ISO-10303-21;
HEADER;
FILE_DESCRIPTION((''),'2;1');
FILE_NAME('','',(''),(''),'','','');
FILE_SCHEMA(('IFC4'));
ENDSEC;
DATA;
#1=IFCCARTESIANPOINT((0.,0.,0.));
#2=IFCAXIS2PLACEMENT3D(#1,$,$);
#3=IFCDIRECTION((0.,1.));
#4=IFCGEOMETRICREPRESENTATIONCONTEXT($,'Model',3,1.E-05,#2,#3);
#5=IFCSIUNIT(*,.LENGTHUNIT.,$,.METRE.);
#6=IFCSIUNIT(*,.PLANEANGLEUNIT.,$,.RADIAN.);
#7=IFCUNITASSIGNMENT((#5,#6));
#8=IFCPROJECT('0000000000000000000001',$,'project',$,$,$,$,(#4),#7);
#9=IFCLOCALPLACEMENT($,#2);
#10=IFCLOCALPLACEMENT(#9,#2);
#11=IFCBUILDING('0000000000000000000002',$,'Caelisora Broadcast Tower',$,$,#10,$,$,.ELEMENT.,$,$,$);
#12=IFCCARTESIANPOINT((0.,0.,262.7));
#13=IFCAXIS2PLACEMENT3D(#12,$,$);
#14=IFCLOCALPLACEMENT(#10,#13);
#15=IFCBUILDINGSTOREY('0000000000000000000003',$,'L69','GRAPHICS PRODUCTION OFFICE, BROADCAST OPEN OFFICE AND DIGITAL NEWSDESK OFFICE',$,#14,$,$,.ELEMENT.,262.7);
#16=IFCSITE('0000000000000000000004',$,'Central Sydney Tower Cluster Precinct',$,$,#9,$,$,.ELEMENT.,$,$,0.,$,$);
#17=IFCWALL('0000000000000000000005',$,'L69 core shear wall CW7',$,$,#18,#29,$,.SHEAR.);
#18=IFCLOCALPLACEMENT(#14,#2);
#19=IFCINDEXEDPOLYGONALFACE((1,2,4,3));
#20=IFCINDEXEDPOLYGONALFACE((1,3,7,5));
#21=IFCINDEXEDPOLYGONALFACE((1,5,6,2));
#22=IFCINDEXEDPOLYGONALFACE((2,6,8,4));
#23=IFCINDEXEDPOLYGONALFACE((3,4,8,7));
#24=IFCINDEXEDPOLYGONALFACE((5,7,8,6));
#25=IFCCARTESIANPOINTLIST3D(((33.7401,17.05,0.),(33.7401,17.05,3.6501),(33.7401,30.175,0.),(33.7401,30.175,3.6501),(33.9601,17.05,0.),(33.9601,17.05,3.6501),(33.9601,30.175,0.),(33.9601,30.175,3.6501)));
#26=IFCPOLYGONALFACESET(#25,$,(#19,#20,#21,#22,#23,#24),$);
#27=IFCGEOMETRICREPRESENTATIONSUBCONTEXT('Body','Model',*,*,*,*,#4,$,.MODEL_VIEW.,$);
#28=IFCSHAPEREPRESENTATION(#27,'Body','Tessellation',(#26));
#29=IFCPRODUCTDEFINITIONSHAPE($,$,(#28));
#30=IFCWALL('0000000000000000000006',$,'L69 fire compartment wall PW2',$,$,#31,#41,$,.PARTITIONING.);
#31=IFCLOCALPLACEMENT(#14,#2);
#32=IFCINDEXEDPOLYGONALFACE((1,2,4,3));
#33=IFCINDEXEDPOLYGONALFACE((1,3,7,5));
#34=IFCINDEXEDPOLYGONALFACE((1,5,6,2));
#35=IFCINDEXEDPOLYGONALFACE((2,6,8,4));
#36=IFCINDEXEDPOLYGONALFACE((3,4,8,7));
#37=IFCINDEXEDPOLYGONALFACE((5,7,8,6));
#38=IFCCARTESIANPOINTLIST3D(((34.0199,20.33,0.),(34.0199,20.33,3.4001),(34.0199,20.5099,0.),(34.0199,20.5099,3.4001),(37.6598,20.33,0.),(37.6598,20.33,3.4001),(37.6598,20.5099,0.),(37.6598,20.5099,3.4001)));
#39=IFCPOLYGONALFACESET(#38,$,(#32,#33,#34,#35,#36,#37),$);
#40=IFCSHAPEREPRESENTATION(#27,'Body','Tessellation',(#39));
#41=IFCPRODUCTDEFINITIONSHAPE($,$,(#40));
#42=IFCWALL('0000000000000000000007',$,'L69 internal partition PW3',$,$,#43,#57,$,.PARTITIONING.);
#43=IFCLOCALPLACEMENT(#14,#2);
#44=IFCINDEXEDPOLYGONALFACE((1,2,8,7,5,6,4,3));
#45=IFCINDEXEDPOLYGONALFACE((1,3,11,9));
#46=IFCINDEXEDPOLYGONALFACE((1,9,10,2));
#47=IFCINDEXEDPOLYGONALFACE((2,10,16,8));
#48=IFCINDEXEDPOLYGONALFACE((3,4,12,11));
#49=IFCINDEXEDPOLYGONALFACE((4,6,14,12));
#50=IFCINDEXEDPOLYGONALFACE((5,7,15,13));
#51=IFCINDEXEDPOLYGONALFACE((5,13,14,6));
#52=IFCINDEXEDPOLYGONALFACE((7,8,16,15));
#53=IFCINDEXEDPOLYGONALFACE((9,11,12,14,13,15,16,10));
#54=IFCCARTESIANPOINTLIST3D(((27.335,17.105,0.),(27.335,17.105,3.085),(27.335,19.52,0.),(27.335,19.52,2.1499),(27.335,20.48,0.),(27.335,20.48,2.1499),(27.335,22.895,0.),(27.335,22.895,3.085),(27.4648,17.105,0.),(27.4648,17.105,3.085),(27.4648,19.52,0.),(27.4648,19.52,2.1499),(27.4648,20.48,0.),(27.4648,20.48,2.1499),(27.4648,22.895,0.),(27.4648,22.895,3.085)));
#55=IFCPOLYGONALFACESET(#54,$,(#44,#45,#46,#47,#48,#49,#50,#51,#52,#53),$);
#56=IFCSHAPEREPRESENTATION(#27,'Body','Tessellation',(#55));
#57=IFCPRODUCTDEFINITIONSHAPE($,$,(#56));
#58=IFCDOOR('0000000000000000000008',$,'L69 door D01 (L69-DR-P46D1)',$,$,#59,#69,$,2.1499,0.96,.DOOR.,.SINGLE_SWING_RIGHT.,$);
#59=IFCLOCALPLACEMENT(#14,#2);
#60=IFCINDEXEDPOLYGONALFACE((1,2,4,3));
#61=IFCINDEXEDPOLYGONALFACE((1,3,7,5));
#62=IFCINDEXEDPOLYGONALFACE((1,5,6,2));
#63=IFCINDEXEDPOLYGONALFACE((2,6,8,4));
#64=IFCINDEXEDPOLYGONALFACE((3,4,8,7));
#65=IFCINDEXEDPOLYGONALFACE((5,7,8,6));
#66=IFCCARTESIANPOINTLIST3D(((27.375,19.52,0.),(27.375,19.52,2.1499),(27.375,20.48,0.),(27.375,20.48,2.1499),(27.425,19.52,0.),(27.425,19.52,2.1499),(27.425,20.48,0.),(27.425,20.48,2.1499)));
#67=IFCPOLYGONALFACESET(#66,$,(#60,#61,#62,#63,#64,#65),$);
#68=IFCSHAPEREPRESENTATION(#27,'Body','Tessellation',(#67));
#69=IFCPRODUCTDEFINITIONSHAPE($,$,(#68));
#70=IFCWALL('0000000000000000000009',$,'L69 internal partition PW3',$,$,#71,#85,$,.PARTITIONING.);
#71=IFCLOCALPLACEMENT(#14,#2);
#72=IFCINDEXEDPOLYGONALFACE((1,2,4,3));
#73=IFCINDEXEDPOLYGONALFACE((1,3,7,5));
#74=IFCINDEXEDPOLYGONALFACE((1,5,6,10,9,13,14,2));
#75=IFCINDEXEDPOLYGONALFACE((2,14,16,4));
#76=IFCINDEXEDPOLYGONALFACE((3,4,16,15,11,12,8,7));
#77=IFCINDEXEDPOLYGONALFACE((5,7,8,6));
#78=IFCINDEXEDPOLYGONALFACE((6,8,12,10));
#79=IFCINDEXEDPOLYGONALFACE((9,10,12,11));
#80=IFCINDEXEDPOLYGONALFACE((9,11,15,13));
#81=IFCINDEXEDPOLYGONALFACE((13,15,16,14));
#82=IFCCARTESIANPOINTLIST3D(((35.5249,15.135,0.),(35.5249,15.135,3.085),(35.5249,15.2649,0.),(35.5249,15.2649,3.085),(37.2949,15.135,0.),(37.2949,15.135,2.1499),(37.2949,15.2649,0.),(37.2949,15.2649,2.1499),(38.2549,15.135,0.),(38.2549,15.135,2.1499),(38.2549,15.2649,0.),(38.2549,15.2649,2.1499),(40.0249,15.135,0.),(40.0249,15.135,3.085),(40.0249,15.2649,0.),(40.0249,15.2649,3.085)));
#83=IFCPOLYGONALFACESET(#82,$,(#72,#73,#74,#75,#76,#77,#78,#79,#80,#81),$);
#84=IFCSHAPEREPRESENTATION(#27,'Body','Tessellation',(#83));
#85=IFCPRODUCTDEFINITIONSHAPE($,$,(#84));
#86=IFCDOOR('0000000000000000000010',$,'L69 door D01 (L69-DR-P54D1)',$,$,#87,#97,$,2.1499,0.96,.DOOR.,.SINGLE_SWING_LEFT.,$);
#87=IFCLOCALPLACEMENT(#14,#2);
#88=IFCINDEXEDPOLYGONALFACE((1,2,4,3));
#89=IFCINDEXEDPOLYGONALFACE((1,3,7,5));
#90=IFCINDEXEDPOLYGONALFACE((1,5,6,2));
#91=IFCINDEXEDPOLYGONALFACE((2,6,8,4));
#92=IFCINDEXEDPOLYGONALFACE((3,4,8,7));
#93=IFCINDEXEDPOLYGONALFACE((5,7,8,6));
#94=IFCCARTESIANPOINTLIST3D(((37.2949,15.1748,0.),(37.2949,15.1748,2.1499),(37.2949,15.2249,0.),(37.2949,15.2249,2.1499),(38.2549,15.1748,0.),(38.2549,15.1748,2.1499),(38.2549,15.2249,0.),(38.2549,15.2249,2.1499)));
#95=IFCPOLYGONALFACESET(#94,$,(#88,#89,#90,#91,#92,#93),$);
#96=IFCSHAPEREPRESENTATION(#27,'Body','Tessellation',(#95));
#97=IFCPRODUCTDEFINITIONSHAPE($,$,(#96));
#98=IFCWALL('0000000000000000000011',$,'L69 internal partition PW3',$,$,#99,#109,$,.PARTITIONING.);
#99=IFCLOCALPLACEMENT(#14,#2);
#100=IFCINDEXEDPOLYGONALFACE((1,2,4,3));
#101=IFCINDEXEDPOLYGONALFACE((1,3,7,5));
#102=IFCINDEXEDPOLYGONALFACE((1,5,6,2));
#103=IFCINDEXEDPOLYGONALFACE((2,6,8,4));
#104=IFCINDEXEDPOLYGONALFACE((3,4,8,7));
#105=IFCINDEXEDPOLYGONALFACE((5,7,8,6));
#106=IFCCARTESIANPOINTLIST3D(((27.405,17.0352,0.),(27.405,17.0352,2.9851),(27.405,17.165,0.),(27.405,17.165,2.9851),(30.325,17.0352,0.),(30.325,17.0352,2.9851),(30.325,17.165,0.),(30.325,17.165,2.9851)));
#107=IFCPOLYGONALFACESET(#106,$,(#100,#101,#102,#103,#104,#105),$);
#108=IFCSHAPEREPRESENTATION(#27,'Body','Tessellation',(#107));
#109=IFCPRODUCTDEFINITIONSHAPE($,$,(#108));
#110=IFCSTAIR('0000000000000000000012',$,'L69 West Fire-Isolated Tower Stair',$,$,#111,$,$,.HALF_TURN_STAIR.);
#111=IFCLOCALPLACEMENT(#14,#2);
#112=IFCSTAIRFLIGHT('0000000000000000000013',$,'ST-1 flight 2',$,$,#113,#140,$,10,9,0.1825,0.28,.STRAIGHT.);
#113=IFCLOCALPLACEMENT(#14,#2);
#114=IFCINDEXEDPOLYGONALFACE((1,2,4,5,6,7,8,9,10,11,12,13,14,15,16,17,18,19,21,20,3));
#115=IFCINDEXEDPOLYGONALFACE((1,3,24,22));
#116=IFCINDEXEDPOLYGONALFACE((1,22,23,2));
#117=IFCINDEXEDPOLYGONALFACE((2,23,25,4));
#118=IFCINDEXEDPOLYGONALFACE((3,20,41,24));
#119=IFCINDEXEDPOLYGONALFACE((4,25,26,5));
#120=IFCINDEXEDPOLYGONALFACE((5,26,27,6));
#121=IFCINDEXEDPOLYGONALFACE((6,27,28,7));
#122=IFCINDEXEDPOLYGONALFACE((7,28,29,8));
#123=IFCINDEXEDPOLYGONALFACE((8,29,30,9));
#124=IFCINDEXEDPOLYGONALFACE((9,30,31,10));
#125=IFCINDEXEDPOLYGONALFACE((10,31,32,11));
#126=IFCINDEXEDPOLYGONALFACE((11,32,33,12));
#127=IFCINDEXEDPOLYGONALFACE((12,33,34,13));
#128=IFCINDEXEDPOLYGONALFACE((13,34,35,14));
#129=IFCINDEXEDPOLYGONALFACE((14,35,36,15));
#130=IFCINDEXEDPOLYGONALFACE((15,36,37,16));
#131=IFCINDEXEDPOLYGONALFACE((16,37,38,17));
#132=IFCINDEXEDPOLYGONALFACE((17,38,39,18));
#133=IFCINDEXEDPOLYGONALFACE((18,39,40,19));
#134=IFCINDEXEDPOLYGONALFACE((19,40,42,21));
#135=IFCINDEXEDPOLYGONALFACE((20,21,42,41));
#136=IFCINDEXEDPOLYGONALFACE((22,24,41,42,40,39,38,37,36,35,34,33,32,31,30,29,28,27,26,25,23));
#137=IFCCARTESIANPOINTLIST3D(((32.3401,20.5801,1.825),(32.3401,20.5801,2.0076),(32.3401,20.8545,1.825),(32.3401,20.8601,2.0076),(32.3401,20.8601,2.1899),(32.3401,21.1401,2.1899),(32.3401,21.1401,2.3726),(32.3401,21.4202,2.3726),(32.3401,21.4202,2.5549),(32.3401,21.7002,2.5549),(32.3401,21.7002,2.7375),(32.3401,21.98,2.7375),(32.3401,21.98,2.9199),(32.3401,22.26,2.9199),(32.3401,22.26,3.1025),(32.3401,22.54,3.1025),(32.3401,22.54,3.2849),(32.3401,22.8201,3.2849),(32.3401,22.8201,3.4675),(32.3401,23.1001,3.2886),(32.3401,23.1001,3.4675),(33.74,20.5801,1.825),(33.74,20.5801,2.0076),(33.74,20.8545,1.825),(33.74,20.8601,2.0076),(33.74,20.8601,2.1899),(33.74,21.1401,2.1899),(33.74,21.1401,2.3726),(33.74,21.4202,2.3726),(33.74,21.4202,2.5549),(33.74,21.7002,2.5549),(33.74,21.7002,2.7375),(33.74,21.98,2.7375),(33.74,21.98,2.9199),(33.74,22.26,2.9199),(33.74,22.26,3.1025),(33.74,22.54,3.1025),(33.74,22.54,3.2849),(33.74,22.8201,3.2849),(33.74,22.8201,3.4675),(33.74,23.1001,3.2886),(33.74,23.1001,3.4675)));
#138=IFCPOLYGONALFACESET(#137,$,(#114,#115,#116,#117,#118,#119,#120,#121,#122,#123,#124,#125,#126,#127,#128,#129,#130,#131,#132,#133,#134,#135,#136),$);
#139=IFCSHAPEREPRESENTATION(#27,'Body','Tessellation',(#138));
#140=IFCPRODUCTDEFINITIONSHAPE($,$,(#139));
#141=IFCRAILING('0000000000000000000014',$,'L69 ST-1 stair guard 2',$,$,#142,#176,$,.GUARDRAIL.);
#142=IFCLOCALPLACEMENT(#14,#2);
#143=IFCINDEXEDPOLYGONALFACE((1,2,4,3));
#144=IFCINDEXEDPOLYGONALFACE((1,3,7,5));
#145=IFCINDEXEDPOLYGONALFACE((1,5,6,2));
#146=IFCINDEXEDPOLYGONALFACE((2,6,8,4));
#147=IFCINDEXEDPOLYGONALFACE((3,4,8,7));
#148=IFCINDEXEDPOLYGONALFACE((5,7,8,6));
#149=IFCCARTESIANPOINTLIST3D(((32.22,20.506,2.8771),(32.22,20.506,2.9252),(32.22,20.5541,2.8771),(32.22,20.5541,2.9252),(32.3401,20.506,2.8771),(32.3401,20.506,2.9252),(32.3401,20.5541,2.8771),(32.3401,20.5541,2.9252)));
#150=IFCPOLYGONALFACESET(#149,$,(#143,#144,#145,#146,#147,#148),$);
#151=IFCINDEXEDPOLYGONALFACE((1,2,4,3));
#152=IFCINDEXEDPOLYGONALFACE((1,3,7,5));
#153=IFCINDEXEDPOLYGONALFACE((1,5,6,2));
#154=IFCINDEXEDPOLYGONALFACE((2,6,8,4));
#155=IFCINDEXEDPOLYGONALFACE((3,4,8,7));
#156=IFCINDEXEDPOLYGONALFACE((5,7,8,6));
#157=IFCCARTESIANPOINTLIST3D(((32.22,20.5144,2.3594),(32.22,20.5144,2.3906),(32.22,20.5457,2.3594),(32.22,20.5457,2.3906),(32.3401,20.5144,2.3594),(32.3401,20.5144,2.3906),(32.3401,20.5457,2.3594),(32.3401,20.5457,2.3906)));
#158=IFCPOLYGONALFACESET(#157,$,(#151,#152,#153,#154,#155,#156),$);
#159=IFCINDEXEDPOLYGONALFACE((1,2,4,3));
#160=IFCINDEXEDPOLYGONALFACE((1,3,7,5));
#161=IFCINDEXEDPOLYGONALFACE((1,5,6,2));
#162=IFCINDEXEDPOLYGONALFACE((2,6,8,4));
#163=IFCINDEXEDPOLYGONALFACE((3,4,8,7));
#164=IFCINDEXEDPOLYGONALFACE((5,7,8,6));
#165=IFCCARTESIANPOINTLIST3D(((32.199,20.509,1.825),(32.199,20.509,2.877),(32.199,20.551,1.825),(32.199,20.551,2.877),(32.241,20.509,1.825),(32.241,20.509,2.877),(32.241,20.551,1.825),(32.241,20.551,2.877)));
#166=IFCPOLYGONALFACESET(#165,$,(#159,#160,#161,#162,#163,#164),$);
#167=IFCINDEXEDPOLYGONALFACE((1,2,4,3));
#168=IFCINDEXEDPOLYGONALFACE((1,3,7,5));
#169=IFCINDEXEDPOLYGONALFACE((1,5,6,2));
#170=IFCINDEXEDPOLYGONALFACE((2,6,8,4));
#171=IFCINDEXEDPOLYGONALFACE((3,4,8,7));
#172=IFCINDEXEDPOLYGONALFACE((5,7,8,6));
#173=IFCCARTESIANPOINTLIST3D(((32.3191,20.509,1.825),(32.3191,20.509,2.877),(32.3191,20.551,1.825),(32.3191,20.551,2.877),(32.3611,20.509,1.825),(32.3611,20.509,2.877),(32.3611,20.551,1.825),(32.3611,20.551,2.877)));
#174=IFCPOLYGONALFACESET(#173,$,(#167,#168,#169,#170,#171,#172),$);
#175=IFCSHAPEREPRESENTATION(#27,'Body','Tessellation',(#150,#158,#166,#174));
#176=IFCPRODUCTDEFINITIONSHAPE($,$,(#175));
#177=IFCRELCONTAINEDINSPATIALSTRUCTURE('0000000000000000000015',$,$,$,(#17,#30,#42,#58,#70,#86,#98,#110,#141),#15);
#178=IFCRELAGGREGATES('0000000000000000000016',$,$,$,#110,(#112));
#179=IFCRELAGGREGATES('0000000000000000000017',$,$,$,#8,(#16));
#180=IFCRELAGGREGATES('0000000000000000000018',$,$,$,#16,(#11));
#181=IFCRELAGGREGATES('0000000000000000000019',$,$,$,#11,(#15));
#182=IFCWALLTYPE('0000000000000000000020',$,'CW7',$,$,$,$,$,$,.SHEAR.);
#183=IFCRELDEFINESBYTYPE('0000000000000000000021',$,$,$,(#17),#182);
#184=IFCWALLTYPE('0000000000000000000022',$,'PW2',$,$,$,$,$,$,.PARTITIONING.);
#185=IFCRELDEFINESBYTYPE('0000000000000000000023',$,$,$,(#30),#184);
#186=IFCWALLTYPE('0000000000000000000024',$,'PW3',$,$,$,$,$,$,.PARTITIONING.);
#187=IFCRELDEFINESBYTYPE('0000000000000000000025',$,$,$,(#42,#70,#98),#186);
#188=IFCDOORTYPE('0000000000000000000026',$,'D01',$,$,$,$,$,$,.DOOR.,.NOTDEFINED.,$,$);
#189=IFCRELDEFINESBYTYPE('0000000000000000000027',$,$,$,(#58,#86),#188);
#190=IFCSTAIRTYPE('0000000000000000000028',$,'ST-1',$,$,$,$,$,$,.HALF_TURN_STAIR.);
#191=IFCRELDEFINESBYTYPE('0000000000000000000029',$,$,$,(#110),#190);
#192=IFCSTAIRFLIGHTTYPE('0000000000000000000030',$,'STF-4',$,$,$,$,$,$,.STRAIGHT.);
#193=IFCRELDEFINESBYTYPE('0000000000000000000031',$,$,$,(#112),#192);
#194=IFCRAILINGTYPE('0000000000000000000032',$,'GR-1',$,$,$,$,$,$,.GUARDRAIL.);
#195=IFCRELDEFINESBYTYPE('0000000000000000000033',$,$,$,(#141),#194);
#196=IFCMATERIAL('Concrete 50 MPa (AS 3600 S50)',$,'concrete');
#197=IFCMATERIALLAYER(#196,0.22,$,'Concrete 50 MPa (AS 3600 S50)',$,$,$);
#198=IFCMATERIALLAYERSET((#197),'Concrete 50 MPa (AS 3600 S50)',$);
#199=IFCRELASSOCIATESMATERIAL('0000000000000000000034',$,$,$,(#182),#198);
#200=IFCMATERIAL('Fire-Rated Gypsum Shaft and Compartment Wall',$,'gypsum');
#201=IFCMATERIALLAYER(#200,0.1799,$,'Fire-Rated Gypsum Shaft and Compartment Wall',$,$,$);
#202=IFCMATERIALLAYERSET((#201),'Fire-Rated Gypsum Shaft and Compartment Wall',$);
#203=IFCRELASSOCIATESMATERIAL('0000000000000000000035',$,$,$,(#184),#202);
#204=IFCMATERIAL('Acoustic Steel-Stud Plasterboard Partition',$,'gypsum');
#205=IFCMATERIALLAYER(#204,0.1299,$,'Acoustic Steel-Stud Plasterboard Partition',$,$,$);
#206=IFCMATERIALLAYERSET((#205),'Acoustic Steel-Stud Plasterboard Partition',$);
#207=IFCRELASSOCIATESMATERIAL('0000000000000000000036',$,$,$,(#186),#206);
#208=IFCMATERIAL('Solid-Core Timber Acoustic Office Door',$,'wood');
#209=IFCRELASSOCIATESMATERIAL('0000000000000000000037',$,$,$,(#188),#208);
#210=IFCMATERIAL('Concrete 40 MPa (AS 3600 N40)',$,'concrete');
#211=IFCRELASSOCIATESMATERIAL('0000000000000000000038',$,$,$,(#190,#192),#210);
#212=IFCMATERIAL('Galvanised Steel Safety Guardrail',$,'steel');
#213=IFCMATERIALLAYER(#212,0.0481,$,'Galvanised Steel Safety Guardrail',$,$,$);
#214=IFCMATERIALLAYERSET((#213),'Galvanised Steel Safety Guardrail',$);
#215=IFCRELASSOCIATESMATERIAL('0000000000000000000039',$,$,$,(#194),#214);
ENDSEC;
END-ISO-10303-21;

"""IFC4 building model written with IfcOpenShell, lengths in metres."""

from ifc_helpers import new_model, si_unit, direction, frame, frame_2d, origin, origin_2d, place, context, subcontext, project, spatial, polyline, rectangle, outline, extrude, material, layer, layer_set, type_object, element, fill, aggregate, save


model = new_model("IFC4")

# Units and contexts
model_context = context("Model", 3, precision=1e-05, world=origin(), true_north=direction((0.0, 1.0)))
body_context = subcontext(model_context, "Body", "Model", "MODEL_VIEW")
ifc_project = project(units=[si_unit("LENGTHUNIT", "METRE"), si_unit("PLANEANGLEUNIT", "RADIAN")], contexts=[model_context])

# Site, building, storey
site_placement = place(None, origin())
site = spatial("IfcSite", under=ifc_project, at=site_placement, Name="Central Sydney Tower Cluster Precinct", CompositionType="ELEMENT", RefElevation=0.0)
building_placement = place(site_placement, origin())
building = spatial("IfcBuilding", under=site, at=building_placement, Name="Caelisora Broadcast Tower", CompositionType="ELEMENT")
storey_placement = place(building_placement, frame((0.0, 0.0, 262.7)))
storey = spatial("IfcBuildingStorey", under=building, at=storey_placement, Name="L69", Description="GRAPHICS PRODUCTION OFFICE, BROADCAST OPEN OFFICE AND DIGITAL NEWSDESK OFFICE", CompositionType="ELEMENT", Elevation=262.7)

# Shared definitions
ifc_material_1 = material(Name="Concrete 40 MPa (AS 3600 N40)", Category="concrete")

# Walls
ifc_material_2 = material(Name="Concrete 50 MPa (AS 3600 S50)", Category="concrete")
ifc_layer_1 = layer(ifc_material_2, 0.22, Name="Concrete 50 MPa (AS 3600 S50)")
ifc_layer_set_1 = layer_set([ifc_layer_1], Name="Concrete 50 MPa (AS 3600 S50)")
wall_type_1 = type_object("IfcWallType", Name="CW7", PredefinedType="SHEAR", material=ifc_layer_set_1)
wall_1_placement = place(storey_placement, frame((33.8501, 17.05, 0.0), z_axis=(0.0, 0.0, 1.0), x_axis=(0.0, 1.0, 0.0)))
element("IfcWall", 1, at=wall_1_placement, inside=storey, type_object=wall_type_1, Name="L69 core shear wall CW7", PredefinedType="SHEAR", context=body_context, shape_type="SweptSolid", body=[
    extrude(rectangle(XDim=13.125, YDim=0.22, at=frame_2d((6.5625, 0.0))), origin(), (0.0, 0.0, 1.0), 3.6501),
])
ifc_material_3 = material(Name="Fire-Rated Gypsum Shaft and Compartment Wall", Category="gypsum")
ifc_layer_2 = layer(ifc_material_3, 0.1799, Name="Fire-Rated Gypsum Shaft and Compartment Wall")
ifc_layer_set_2 = layer_set([ifc_layer_2], Name="Fire-Rated Gypsum Shaft and Compartment Wall")
wall_type_2 = type_object("IfcWallType", Name="PW2", PredefinedType="PARTITIONING", material=ifc_layer_set_2)
wall_2_placement = place(storey_placement, frame((34.02, 20.4199, 0.0), z_axis=(0.0, 0.0, 1.0), x_axis=(1.0, 0.0, 0.0)))
element("IfcWall", 2, at=wall_2_placement, inside=storey, type_object=wall_type_2, Name="L69 fire compartment wall PW2", PredefinedType="PARTITIONING", context=body_context, shape_type="SweptSolid", body=[
    extrude(rectangle(XDim=3.6399, YDim=0.1799, at=frame_2d((1.8198, 0.0))), origin(), (0.0, 0.0, 1.0), 3.4001),
])

# Walls, openings, doors
ifc_material_4 = material(Name="Acoustic Steel-Stud Plasterboard Partition", Category="gypsum")
ifc_layer_3 = layer(ifc_material_4, 0.1299, Name="Acoustic Steel-Stud Plasterboard Partition")
ifc_layer_set_3 = layer_set([ifc_layer_3], Name="Acoustic Steel-Stud Plasterboard Partition")
wall_type_3 = type_object("IfcWallType", Name="PW3", PredefinedType="PARTITIONING", material=ifc_layer_set_3)
wall_3_placement = place(storey_placement, frame((27.3999, 17.105, 0.0), z_axis=(0.0, 0.0, 1.0), x_axis=(0.0, 1.0, 0.0)))
wall_3 = element("IfcWall", 3, at=wall_3_placement, inside=storey, type_object=wall_type_3, Name="L69 internal partition PW3", PredefinedType="PARTITIONING", context=body_context, shape_type="SweptSolid", body=[
    extrude(rectangle(XDim=5.79, YDim=0.1299, at=frame_2d((2.895, 0.0))), origin(), (0.0, 0.0, 1.0), 3.085),
])
opening_1_placement = place(wall_3_placement, frame((2.415, 0.0, 0.0)))
opening_1 = element("IfcOpeningElement", 4, at=opening_1_placement, cuts=wall_3, PredefinedType="OPENING", context=body_context, shape_type="SweptSolid", body=[
    extrude(rectangle(XDim=0.96, YDim=2.1499, at=frame_2d((0.48, 1.075))), frame((0.0, 0.0769, 0.0), z_axis=(0.0, -1.0, 0.0), x_axis=(1.0, 0.0, 0.0)), (0.0, 0.0, 1.0), 0.1538),
])
ifc_material_5 = material(Name="Solid-Core Timber Acoustic Office Door", Category="wood")
door_type_1 = type_object("IfcDoorType", Name="D01", OperationType="NOTDEFINED", PredefinedType="DOOR", material=ifc_material_5)
door_1_placement = place(opening_1_placement, origin())
door_1 = element("IfcDoor", 5, at=door_1_placement, inside=storey, type_object=door_type_1, Name="L69 door D01 (L69-DR-P46D1)", OperationType="SINGLE_SWING_RIGHT", OverallHeight=2.1499, OverallWidth=0.96, PredefinedType="DOOR", context=body_context, shape_type="SweptSolid", body=[
    extrude(rectangle(XDim=0.96, YDim=2.1499, at=frame_2d((0.48, 1.075))), frame((0.0, 0.0249, 0.0), z_axis=(0.0, -1.0, 0.0), x_axis=(1.0, 0.0, 0.0)), (0.0, 0.0, 1.0), 0.05),
])
fill(opening_1, door_1)
wall_4_placement = place(storey_placement, frame((35.5249, 15.2, 0.0), z_axis=(0.0, 0.0, 1.0), x_axis=(1.0, 0.0, 0.0)))
wall_4 = element("IfcWall", 6, at=wall_4_placement, inside=storey, type_object=wall_type_3, Name="L69 internal partition PW3", PredefinedType="PARTITIONING", context=body_context, shape_type="SweptSolid", body=[
    extrude(rectangle(XDim=4.5, YDim=0.1299, at=frame_2d((2.25, 0.0))), origin(), (0.0, 0.0, 1.0), 3.085),
])
opening_2_placement = place(wall_4_placement, frame((1.77, 0.0, 0.0)))
opening_2 = element("IfcOpeningElement", 7, at=opening_2_placement, cuts=wall_4, PredefinedType="OPENING", context=body_context, shape_type="SweptSolid", body=[
    extrude(rectangle(XDim=0.96, YDim=2.1499, at=frame_2d((0.48, 1.075))), frame((0.0, 0.0769, 0.0), z_axis=(0.0, -1.0, 0.0), x_axis=(1.0, 0.0, 0.0)), (0.0, 0.0, 1.0), 0.1538),
])
door_2_placement = place(opening_2_placement, origin())
door_2 = element("IfcDoor", 8, at=door_2_placement, inside=storey, type_object=door_type_1, Name="L69 door D01 (L69-DR-P54D1)", OperationType="SINGLE_SWING_LEFT", OverallHeight=2.1499, OverallWidth=0.96, PredefinedType="DOOR", context=body_context, shape_type="SweptSolid", body=[
    extrude(rectangle(XDim=0.96, YDim=2.1499, at=frame_2d((0.48, 1.075))), frame((0.0, 0.0249, 0.0), z_axis=(0.0, -1.0, 0.0), x_axis=(1.0, 0.0, 0.0)), (0.0, 0.0, 1.0), 0.05),
])
fill(opening_2, door_2)

# Wall
wall_5_placement = place(storey_placement, frame((30.325, 17.1001, 0.0), z_axis=(0.0, 0.0, 1.0), x_axis=(-1.0, 0.0, 0.0)))
element("IfcWall", 9, at=wall_5_placement, inside=storey, type_object=wall_type_3, Name="L69 internal partition PW3", PredefinedType="PARTITIONING", context=body_context, shape_type="SweptSolid", body=[
    extrude(rectangle(XDim=2.9199, YDim=0.1299, at=frame_2d((1.46, 0.0))), origin(), (0.0, 0.0, 1.0), 2.9851),
])

# Stair, stair flight
stair_type = type_object("IfcStairType", Name="ST-1", PredefinedType="HALF_TURN_STAIR", material=ifc_material_1)
stair_placement = place(storey_placement, origin())
stair = element("IfcStair", 10, at=stair_placement, inside=storey, type_object=stair_type, Name="L69 West Fire-Isolated Tower Stair", PredefinedType="HALF_TURN_STAIR")
stair_flight_type = type_object("IfcStairFlightType", Name="STF-4", PredefinedType="STRAIGHT", material=ifc_material_1)
stair_flight_placement = place(storey_placement, frame((33.04, 20.5801, 1.825), z_axis=(0.0, 0.0, 1.0), x_axis=(0.0, 1.0, 0.0)))
stair_flight = element("IfcStairFlight", 11, at=stair_flight_placement, type_object=stair_flight_type, Name="ST-1 flight 2", NumberOfRisers=10, NumberOfTreads=9, PredefinedType="STRAIGHT", RiserHeight=0.1825, TreadLength=0.28, context=body_context, shape_type="SweptSolid", body=[
    extrude(outline(polyline([(0.0, 0.0), (0.0, 0.1826), (0.28, 0.1826), (0.28, 0.365), (0.5601, 0.365), (0.5601, 0.5476), (0.8401, 0.5476), (0.8401, 0.73), (1.1201, 0.73), (1.1201, 0.9126), (1.3999, 0.9126), (1.3999, 1.095), (1.6799, 1.095), (1.6799, 1.2776), (1.96, 1.2776), (1.96, 1.46), (2.24, 1.46), (2.24, 1.6426), (2.52, 1.6426), (2.52, 1.825), (2.52, 1.4636), (0.2744, 0.0), (0.0, 0.0)])), frame((0.0, 0.7, 0.0), z_axis=(0.0, -1.0, 0.0), x_axis=(1.0, 0.0, 0.0)), (0.0, 0.0, 1.0), 1.3999),
])
aggregate(stair, [stair_flight])

# Railing
ifc_material_6 = material(Name="Galvanised Steel Safety Guardrail", Category="steel")
ifc_layer_4 = layer(ifc_material_6, 0.0481, Name="Galvanised Steel Safety Guardrail")
ifc_layer_set_4 = layer_set([ifc_layer_4], Name="Galvanised Steel Safety Guardrail")
railing_type_1 = type_object("IfcRailingType", Name="GR-1", PredefinedType="GUARDRAIL", material=ifc_layer_set_4)
railing_1_placement = place(storey_placement, frame((32.22, 20.53, 1.825)))
element("IfcRailing", 12, at=railing_1_placement, inside=storey, type_object=railing_type_1, Name="L69 ST-1 stair guard 2", PredefinedType="GUARDRAIL", context=body_context, shape_type="SweptSolid", body=[
    extrude(rectangle(XDim=0.0481, YDim=0.0481, at=origin_2d()), frame((0.0, 0.0, 1.0762), z_axis=(1.0, 0.0, 0.0), x_axis=(0.0, 1.0, 0.0)), (0.0, 0.0, 1.0), 0.1201),
    extrude(rectangle(XDim=0.0312, YDim=0.0312, at=origin_2d()), frame((0.0, 0.0, 0.55), z_axis=(1.0, 0.0, 0.0), x_axis=(0.0, 1.0, 0.0)), (0.0, 0.0, 1.0), 0.1201),
    extrude(rectangle(XDim=0.042, YDim=0.042, at=origin_2d()), origin(), (0.0, 0.0, 1.0), 1.052),
    extrude(rectangle(XDim=0.042, YDim=0.042, at=origin_2d()), frame((0.1201, 0.0, 0.0)), (0.0, 0.0, 1.0), 1.052),
])

save(model, "model.ifc")
